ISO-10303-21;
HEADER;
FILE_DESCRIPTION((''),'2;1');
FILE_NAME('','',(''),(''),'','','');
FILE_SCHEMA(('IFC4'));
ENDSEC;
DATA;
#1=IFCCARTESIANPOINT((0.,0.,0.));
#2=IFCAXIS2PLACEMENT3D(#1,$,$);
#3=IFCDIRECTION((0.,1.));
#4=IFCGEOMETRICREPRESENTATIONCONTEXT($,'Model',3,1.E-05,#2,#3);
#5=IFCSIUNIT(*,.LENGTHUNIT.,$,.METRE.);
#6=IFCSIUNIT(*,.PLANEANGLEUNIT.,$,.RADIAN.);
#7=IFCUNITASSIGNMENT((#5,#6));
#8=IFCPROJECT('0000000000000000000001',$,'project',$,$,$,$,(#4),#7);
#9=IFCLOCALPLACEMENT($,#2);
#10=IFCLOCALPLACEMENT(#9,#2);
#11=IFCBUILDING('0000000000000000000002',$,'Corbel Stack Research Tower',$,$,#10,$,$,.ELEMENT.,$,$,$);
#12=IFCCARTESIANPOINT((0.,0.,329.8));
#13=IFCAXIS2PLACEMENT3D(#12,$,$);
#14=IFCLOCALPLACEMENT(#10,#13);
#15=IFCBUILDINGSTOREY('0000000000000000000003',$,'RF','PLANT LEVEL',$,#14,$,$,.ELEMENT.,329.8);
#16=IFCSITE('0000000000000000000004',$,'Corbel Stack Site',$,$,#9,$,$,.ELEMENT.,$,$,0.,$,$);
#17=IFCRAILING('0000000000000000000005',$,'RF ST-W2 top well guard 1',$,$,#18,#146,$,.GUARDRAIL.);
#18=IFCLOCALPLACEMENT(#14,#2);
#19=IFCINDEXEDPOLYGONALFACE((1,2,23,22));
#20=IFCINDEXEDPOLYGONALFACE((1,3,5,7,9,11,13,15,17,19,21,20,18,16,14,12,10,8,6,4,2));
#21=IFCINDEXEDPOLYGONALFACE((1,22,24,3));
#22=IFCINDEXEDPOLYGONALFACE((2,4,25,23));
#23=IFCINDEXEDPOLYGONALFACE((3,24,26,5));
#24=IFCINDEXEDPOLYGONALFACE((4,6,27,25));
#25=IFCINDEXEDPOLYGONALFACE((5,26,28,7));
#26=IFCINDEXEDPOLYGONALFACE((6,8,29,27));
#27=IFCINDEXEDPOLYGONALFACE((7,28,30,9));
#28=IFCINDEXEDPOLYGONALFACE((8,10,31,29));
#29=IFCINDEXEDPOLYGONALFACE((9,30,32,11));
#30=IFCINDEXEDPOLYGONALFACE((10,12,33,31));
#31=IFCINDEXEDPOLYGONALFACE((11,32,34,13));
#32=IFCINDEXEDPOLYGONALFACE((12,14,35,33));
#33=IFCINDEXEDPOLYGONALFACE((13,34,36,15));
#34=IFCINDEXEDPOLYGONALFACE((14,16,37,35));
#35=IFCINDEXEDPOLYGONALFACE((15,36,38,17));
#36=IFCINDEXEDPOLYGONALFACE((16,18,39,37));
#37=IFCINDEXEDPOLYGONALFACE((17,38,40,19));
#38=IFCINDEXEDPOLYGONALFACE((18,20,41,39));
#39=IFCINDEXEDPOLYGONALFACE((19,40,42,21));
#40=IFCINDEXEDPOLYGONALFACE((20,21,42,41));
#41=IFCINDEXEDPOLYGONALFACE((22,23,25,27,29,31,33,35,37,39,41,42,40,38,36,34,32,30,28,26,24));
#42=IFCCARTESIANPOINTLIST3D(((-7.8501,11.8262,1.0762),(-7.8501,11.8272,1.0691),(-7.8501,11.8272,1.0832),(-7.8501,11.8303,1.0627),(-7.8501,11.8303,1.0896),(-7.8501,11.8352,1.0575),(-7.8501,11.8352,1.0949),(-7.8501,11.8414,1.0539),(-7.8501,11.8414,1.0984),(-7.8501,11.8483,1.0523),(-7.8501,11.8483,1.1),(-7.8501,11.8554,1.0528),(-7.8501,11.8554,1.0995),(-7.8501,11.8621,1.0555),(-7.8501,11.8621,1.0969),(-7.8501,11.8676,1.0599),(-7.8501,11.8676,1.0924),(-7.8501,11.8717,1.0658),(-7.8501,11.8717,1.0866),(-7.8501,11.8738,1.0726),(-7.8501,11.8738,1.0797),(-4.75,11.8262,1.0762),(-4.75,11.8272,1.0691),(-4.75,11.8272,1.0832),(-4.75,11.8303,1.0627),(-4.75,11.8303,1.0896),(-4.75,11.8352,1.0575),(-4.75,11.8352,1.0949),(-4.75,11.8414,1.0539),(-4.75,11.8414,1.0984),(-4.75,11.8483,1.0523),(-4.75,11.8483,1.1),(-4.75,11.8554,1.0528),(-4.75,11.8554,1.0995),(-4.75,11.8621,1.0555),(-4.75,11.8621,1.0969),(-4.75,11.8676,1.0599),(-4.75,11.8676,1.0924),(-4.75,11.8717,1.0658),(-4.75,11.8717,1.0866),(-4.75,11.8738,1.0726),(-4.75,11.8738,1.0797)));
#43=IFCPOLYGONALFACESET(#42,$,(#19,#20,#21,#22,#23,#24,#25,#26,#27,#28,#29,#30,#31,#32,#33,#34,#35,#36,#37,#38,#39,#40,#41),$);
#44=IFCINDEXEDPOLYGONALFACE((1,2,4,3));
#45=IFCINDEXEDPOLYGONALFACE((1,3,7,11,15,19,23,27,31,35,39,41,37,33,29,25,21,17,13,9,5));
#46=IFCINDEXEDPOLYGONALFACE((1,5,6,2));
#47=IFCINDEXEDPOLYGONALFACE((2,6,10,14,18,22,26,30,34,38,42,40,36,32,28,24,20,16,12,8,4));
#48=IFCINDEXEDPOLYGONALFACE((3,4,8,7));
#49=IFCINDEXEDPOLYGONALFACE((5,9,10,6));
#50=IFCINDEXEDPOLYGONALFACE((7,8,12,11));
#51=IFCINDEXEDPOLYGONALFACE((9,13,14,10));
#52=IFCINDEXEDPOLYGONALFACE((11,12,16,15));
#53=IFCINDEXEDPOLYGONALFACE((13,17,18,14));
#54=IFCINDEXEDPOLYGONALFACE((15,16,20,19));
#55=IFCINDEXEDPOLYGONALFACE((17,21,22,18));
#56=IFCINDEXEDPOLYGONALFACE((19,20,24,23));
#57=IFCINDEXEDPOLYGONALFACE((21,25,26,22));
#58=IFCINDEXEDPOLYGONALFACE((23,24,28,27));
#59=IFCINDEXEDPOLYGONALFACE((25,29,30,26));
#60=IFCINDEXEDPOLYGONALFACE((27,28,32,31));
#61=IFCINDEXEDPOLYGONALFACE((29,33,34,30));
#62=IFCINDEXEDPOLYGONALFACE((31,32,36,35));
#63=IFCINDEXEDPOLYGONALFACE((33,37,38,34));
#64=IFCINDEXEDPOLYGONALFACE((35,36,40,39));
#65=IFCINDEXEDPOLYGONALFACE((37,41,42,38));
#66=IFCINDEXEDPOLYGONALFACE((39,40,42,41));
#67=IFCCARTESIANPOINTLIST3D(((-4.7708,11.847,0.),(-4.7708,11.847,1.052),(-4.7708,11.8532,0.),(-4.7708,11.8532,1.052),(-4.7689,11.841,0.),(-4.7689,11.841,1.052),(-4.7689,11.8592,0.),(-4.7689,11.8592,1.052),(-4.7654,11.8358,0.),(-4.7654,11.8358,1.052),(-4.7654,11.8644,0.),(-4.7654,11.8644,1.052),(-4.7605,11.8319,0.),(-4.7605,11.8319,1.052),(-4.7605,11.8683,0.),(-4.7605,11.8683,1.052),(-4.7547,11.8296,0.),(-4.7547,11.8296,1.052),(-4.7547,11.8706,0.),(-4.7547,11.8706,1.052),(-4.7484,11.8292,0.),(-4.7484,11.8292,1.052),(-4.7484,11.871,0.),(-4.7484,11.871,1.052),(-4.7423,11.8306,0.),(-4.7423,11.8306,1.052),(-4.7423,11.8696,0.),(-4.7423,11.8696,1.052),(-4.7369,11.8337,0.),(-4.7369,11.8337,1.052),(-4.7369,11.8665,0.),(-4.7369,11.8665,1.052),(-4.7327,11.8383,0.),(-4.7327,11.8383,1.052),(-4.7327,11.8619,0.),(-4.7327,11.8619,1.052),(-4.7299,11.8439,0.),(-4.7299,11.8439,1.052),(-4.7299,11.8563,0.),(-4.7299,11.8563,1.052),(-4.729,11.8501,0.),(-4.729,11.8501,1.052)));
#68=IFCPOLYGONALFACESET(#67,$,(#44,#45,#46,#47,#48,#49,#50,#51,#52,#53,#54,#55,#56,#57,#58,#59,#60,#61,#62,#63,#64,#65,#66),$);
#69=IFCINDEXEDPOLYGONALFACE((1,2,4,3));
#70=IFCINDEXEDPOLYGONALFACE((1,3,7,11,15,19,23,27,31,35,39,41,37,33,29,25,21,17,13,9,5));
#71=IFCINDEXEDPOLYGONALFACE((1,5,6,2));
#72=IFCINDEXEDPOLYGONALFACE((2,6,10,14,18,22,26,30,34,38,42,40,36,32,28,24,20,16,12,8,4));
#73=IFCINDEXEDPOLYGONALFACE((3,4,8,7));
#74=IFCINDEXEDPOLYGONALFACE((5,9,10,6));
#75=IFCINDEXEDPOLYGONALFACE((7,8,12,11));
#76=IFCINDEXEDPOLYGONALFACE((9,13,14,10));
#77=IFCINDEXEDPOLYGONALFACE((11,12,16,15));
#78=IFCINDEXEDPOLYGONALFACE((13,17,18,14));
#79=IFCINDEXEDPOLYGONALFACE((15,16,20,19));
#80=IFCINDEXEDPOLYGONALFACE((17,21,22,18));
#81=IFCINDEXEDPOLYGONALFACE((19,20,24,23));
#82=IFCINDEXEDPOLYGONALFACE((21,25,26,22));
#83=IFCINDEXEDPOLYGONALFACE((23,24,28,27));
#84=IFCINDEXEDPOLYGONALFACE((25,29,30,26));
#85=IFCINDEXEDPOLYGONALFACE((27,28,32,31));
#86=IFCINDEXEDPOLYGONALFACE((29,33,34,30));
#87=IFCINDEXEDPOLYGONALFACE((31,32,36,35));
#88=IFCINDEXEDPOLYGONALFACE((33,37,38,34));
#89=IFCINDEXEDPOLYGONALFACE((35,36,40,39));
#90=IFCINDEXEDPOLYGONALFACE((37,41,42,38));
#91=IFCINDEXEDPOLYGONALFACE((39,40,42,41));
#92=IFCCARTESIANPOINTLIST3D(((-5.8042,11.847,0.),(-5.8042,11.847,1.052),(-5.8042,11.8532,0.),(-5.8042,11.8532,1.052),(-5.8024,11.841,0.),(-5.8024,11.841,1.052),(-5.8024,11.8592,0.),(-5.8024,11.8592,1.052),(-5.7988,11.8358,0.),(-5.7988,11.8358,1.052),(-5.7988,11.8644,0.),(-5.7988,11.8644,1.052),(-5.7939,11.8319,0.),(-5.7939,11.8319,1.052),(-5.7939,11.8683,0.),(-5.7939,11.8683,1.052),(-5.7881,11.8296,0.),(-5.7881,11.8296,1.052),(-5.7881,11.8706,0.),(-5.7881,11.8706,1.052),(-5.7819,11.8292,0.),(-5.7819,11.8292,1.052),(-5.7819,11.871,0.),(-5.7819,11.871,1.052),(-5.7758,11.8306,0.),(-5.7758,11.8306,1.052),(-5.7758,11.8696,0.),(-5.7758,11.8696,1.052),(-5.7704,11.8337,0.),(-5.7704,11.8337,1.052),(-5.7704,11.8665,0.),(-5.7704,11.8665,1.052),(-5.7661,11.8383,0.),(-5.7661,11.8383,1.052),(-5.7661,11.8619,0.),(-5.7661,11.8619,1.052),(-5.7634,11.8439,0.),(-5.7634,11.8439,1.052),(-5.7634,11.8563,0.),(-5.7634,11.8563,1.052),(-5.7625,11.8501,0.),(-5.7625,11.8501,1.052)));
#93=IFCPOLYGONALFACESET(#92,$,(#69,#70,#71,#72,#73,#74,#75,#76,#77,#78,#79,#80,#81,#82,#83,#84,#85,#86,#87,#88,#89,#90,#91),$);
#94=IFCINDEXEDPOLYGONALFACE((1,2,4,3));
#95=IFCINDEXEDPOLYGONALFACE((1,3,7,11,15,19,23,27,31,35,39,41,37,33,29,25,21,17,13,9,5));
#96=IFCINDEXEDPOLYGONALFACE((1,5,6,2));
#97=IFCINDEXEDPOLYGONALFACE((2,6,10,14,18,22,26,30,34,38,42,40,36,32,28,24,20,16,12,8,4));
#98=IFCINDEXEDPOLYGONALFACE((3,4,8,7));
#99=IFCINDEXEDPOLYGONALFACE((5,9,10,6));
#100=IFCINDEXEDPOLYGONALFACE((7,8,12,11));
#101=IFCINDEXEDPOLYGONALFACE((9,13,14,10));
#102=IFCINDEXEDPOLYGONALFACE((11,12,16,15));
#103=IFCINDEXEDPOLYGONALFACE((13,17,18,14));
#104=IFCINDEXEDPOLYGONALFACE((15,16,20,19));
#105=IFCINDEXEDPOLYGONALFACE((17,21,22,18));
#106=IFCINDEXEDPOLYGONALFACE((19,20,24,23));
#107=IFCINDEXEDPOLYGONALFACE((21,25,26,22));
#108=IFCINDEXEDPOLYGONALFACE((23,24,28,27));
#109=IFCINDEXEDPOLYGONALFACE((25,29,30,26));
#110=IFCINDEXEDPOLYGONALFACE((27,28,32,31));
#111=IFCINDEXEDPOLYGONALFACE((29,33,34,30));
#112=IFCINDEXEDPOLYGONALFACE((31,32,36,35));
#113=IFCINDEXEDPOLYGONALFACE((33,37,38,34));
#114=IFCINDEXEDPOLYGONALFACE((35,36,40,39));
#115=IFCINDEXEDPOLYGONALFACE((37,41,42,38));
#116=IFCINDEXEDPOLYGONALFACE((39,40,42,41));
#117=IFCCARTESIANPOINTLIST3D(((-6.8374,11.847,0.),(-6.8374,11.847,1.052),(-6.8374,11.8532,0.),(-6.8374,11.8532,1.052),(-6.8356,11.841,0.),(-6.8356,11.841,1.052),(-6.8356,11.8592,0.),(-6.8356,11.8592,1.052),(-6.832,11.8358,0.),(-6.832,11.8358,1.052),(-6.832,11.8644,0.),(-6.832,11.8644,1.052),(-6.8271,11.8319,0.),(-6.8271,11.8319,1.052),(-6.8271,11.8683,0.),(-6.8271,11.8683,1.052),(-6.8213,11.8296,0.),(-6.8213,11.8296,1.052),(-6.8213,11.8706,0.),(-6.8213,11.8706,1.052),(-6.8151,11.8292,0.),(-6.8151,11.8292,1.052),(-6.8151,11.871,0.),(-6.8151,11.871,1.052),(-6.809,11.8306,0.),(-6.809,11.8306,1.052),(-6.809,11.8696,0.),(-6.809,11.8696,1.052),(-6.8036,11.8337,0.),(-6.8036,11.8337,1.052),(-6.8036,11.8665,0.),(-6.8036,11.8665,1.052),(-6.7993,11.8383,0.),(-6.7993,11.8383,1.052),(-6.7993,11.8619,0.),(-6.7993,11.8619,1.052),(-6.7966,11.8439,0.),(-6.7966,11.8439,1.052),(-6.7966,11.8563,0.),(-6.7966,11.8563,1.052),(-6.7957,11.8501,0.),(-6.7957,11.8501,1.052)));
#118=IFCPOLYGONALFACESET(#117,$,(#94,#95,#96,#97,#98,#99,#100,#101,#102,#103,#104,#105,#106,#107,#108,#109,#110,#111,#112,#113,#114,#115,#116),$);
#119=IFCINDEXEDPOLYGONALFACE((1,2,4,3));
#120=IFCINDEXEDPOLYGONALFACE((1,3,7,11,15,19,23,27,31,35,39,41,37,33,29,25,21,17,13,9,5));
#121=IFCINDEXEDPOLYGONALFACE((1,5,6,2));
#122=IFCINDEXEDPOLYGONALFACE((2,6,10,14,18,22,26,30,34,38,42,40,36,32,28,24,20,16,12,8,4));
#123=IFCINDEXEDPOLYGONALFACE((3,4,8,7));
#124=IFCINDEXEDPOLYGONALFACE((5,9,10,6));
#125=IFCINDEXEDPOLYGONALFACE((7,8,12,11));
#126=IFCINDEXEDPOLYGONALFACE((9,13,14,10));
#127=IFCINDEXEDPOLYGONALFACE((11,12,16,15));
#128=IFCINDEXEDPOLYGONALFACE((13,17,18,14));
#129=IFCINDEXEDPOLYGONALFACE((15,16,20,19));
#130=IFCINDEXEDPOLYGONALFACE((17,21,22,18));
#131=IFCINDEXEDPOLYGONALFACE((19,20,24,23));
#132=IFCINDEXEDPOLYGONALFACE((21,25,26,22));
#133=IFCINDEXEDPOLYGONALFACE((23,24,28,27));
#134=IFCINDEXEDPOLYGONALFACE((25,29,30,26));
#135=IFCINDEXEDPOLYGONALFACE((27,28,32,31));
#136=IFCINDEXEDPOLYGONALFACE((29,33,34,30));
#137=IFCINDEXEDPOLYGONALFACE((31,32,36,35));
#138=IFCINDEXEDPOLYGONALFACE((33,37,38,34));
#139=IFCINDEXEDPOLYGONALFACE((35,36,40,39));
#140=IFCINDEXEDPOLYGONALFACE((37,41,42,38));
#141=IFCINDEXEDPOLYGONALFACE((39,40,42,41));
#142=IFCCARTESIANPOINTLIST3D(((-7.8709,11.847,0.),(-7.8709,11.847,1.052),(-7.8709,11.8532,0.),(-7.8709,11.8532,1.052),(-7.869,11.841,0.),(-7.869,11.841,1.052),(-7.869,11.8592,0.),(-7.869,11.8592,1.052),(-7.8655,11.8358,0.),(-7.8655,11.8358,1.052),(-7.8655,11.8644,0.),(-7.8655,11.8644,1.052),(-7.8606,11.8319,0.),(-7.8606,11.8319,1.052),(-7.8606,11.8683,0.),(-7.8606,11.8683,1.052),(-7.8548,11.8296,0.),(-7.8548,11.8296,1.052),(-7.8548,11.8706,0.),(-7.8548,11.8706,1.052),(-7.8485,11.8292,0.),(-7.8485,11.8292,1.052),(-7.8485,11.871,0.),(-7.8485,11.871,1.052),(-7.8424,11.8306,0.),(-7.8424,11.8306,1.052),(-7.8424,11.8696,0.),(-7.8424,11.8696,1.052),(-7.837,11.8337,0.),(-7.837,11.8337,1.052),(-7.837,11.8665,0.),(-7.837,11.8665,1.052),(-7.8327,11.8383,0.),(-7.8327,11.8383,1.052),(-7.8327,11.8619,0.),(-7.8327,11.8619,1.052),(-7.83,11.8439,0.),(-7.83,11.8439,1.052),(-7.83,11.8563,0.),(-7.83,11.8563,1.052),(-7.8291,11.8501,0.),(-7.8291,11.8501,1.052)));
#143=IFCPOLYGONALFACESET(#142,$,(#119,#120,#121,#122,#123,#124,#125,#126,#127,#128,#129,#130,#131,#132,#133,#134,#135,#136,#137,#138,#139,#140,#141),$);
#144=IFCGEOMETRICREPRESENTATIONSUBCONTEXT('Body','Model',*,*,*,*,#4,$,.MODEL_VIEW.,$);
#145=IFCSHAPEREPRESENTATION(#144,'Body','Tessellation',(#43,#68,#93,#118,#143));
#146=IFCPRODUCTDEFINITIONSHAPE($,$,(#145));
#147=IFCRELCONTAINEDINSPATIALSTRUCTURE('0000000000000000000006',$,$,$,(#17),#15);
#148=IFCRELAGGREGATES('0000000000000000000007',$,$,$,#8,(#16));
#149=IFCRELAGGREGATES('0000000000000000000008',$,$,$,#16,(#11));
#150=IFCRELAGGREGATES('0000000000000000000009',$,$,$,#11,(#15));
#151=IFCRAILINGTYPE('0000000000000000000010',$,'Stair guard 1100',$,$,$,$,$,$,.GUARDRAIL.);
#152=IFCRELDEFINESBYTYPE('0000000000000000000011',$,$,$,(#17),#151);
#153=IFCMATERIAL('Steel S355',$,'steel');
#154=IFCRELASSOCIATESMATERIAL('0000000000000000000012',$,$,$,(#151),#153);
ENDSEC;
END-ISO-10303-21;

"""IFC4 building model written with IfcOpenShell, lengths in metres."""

from ifc_helpers import new_model, si_unit, direction, frame, origin, origin_2d, place, context, subcontext, project, spatial, circle, extrude, material, type_object, element, save


model = new_model("IFC4")

# Units and contexts
model_context = context("Model", 3, precision=1e-05, world=origin(), true_north=direction((0.0, 1.0)))
body_context = subcontext(model_context, "Body", "Model", "MODEL_VIEW")
ifc_project = project(units=[si_unit("LENGTHUNIT", "METRE"), si_unit("PLANEANGLEUNIT", "RADIAN")], contexts=[model_context])

# Site, building, storey
site_placement = place(None, origin())
site = spatial("IfcSite", under=ifc_project, at=site_placement, Name="Corbel Stack Site", CompositionType="ELEMENT", RefElevation=0.0)
building_placement = place(site_placement, origin())
building = spatial("IfcBuilding", under=site, at=building_placement, Name="Corbel Stack Research Tower", CompositionType="ELEMENT")
storey_placement = place(building_placement, frame((0.0, 0.0, 329.8)))
storey = spatial("IfcBuildingStorey", under=building, at=storey_placement, Name="RF", Description="PLANT LEVEL", CompositionType="ELEMENT", Elevation=329.8)

# Railing
ifc_material_1 = material(Name="Steel S355", Category="steel")
railing_type = type_object("IfcRailingType", Name="Stair guard 1100", PredefinedType="GUARDRAIL", material=ifc_material_1)
railing_placement = place(storey_placement, frame((-4.75, 11.8501, 0.0)))
element("IfcRailing", 1, at=railing_placement, inside=storey, type_object=railing_type, Name="RF ST-W2 top well guard 1", PredefinedType="GUARDRAIL", context=body_context, shape_type="SweptSolid", body=[
    extrude(circle(Radius=0.0239, at=origin_2d()), frame((0.0, 0.0, 1.0762), z_axis=(-1.0, 0.0, 0.0), x_axis=(0.0, -1.0, 0.0)), (0.0, 0.0, 1.0), 3.1001),
    extrude(circle(Radius=0.021, at=origin_2d()), origin(), (0.0, 0.0, 1.0), 1.052),
    extrude(circle(Radius=0.021, at=origin_2d()), frame((-1.0334, 0.0, 0.0)), (0.0, 0.0, 1.0), 1.052),
    extrude(circle(Radius=0.021, at=origin_2d()), frame((-2.0667, 0.0, 0.0)), (0.0, 0.0, 1.0), 1.052),
    extrude(circle(Radius=0.021, at=origin_2d()), frame((-3.1001, 0.0, 0.0)), (0.0, 0.0, 1.0), 1.052),
])

save(model, "model.ifc")
